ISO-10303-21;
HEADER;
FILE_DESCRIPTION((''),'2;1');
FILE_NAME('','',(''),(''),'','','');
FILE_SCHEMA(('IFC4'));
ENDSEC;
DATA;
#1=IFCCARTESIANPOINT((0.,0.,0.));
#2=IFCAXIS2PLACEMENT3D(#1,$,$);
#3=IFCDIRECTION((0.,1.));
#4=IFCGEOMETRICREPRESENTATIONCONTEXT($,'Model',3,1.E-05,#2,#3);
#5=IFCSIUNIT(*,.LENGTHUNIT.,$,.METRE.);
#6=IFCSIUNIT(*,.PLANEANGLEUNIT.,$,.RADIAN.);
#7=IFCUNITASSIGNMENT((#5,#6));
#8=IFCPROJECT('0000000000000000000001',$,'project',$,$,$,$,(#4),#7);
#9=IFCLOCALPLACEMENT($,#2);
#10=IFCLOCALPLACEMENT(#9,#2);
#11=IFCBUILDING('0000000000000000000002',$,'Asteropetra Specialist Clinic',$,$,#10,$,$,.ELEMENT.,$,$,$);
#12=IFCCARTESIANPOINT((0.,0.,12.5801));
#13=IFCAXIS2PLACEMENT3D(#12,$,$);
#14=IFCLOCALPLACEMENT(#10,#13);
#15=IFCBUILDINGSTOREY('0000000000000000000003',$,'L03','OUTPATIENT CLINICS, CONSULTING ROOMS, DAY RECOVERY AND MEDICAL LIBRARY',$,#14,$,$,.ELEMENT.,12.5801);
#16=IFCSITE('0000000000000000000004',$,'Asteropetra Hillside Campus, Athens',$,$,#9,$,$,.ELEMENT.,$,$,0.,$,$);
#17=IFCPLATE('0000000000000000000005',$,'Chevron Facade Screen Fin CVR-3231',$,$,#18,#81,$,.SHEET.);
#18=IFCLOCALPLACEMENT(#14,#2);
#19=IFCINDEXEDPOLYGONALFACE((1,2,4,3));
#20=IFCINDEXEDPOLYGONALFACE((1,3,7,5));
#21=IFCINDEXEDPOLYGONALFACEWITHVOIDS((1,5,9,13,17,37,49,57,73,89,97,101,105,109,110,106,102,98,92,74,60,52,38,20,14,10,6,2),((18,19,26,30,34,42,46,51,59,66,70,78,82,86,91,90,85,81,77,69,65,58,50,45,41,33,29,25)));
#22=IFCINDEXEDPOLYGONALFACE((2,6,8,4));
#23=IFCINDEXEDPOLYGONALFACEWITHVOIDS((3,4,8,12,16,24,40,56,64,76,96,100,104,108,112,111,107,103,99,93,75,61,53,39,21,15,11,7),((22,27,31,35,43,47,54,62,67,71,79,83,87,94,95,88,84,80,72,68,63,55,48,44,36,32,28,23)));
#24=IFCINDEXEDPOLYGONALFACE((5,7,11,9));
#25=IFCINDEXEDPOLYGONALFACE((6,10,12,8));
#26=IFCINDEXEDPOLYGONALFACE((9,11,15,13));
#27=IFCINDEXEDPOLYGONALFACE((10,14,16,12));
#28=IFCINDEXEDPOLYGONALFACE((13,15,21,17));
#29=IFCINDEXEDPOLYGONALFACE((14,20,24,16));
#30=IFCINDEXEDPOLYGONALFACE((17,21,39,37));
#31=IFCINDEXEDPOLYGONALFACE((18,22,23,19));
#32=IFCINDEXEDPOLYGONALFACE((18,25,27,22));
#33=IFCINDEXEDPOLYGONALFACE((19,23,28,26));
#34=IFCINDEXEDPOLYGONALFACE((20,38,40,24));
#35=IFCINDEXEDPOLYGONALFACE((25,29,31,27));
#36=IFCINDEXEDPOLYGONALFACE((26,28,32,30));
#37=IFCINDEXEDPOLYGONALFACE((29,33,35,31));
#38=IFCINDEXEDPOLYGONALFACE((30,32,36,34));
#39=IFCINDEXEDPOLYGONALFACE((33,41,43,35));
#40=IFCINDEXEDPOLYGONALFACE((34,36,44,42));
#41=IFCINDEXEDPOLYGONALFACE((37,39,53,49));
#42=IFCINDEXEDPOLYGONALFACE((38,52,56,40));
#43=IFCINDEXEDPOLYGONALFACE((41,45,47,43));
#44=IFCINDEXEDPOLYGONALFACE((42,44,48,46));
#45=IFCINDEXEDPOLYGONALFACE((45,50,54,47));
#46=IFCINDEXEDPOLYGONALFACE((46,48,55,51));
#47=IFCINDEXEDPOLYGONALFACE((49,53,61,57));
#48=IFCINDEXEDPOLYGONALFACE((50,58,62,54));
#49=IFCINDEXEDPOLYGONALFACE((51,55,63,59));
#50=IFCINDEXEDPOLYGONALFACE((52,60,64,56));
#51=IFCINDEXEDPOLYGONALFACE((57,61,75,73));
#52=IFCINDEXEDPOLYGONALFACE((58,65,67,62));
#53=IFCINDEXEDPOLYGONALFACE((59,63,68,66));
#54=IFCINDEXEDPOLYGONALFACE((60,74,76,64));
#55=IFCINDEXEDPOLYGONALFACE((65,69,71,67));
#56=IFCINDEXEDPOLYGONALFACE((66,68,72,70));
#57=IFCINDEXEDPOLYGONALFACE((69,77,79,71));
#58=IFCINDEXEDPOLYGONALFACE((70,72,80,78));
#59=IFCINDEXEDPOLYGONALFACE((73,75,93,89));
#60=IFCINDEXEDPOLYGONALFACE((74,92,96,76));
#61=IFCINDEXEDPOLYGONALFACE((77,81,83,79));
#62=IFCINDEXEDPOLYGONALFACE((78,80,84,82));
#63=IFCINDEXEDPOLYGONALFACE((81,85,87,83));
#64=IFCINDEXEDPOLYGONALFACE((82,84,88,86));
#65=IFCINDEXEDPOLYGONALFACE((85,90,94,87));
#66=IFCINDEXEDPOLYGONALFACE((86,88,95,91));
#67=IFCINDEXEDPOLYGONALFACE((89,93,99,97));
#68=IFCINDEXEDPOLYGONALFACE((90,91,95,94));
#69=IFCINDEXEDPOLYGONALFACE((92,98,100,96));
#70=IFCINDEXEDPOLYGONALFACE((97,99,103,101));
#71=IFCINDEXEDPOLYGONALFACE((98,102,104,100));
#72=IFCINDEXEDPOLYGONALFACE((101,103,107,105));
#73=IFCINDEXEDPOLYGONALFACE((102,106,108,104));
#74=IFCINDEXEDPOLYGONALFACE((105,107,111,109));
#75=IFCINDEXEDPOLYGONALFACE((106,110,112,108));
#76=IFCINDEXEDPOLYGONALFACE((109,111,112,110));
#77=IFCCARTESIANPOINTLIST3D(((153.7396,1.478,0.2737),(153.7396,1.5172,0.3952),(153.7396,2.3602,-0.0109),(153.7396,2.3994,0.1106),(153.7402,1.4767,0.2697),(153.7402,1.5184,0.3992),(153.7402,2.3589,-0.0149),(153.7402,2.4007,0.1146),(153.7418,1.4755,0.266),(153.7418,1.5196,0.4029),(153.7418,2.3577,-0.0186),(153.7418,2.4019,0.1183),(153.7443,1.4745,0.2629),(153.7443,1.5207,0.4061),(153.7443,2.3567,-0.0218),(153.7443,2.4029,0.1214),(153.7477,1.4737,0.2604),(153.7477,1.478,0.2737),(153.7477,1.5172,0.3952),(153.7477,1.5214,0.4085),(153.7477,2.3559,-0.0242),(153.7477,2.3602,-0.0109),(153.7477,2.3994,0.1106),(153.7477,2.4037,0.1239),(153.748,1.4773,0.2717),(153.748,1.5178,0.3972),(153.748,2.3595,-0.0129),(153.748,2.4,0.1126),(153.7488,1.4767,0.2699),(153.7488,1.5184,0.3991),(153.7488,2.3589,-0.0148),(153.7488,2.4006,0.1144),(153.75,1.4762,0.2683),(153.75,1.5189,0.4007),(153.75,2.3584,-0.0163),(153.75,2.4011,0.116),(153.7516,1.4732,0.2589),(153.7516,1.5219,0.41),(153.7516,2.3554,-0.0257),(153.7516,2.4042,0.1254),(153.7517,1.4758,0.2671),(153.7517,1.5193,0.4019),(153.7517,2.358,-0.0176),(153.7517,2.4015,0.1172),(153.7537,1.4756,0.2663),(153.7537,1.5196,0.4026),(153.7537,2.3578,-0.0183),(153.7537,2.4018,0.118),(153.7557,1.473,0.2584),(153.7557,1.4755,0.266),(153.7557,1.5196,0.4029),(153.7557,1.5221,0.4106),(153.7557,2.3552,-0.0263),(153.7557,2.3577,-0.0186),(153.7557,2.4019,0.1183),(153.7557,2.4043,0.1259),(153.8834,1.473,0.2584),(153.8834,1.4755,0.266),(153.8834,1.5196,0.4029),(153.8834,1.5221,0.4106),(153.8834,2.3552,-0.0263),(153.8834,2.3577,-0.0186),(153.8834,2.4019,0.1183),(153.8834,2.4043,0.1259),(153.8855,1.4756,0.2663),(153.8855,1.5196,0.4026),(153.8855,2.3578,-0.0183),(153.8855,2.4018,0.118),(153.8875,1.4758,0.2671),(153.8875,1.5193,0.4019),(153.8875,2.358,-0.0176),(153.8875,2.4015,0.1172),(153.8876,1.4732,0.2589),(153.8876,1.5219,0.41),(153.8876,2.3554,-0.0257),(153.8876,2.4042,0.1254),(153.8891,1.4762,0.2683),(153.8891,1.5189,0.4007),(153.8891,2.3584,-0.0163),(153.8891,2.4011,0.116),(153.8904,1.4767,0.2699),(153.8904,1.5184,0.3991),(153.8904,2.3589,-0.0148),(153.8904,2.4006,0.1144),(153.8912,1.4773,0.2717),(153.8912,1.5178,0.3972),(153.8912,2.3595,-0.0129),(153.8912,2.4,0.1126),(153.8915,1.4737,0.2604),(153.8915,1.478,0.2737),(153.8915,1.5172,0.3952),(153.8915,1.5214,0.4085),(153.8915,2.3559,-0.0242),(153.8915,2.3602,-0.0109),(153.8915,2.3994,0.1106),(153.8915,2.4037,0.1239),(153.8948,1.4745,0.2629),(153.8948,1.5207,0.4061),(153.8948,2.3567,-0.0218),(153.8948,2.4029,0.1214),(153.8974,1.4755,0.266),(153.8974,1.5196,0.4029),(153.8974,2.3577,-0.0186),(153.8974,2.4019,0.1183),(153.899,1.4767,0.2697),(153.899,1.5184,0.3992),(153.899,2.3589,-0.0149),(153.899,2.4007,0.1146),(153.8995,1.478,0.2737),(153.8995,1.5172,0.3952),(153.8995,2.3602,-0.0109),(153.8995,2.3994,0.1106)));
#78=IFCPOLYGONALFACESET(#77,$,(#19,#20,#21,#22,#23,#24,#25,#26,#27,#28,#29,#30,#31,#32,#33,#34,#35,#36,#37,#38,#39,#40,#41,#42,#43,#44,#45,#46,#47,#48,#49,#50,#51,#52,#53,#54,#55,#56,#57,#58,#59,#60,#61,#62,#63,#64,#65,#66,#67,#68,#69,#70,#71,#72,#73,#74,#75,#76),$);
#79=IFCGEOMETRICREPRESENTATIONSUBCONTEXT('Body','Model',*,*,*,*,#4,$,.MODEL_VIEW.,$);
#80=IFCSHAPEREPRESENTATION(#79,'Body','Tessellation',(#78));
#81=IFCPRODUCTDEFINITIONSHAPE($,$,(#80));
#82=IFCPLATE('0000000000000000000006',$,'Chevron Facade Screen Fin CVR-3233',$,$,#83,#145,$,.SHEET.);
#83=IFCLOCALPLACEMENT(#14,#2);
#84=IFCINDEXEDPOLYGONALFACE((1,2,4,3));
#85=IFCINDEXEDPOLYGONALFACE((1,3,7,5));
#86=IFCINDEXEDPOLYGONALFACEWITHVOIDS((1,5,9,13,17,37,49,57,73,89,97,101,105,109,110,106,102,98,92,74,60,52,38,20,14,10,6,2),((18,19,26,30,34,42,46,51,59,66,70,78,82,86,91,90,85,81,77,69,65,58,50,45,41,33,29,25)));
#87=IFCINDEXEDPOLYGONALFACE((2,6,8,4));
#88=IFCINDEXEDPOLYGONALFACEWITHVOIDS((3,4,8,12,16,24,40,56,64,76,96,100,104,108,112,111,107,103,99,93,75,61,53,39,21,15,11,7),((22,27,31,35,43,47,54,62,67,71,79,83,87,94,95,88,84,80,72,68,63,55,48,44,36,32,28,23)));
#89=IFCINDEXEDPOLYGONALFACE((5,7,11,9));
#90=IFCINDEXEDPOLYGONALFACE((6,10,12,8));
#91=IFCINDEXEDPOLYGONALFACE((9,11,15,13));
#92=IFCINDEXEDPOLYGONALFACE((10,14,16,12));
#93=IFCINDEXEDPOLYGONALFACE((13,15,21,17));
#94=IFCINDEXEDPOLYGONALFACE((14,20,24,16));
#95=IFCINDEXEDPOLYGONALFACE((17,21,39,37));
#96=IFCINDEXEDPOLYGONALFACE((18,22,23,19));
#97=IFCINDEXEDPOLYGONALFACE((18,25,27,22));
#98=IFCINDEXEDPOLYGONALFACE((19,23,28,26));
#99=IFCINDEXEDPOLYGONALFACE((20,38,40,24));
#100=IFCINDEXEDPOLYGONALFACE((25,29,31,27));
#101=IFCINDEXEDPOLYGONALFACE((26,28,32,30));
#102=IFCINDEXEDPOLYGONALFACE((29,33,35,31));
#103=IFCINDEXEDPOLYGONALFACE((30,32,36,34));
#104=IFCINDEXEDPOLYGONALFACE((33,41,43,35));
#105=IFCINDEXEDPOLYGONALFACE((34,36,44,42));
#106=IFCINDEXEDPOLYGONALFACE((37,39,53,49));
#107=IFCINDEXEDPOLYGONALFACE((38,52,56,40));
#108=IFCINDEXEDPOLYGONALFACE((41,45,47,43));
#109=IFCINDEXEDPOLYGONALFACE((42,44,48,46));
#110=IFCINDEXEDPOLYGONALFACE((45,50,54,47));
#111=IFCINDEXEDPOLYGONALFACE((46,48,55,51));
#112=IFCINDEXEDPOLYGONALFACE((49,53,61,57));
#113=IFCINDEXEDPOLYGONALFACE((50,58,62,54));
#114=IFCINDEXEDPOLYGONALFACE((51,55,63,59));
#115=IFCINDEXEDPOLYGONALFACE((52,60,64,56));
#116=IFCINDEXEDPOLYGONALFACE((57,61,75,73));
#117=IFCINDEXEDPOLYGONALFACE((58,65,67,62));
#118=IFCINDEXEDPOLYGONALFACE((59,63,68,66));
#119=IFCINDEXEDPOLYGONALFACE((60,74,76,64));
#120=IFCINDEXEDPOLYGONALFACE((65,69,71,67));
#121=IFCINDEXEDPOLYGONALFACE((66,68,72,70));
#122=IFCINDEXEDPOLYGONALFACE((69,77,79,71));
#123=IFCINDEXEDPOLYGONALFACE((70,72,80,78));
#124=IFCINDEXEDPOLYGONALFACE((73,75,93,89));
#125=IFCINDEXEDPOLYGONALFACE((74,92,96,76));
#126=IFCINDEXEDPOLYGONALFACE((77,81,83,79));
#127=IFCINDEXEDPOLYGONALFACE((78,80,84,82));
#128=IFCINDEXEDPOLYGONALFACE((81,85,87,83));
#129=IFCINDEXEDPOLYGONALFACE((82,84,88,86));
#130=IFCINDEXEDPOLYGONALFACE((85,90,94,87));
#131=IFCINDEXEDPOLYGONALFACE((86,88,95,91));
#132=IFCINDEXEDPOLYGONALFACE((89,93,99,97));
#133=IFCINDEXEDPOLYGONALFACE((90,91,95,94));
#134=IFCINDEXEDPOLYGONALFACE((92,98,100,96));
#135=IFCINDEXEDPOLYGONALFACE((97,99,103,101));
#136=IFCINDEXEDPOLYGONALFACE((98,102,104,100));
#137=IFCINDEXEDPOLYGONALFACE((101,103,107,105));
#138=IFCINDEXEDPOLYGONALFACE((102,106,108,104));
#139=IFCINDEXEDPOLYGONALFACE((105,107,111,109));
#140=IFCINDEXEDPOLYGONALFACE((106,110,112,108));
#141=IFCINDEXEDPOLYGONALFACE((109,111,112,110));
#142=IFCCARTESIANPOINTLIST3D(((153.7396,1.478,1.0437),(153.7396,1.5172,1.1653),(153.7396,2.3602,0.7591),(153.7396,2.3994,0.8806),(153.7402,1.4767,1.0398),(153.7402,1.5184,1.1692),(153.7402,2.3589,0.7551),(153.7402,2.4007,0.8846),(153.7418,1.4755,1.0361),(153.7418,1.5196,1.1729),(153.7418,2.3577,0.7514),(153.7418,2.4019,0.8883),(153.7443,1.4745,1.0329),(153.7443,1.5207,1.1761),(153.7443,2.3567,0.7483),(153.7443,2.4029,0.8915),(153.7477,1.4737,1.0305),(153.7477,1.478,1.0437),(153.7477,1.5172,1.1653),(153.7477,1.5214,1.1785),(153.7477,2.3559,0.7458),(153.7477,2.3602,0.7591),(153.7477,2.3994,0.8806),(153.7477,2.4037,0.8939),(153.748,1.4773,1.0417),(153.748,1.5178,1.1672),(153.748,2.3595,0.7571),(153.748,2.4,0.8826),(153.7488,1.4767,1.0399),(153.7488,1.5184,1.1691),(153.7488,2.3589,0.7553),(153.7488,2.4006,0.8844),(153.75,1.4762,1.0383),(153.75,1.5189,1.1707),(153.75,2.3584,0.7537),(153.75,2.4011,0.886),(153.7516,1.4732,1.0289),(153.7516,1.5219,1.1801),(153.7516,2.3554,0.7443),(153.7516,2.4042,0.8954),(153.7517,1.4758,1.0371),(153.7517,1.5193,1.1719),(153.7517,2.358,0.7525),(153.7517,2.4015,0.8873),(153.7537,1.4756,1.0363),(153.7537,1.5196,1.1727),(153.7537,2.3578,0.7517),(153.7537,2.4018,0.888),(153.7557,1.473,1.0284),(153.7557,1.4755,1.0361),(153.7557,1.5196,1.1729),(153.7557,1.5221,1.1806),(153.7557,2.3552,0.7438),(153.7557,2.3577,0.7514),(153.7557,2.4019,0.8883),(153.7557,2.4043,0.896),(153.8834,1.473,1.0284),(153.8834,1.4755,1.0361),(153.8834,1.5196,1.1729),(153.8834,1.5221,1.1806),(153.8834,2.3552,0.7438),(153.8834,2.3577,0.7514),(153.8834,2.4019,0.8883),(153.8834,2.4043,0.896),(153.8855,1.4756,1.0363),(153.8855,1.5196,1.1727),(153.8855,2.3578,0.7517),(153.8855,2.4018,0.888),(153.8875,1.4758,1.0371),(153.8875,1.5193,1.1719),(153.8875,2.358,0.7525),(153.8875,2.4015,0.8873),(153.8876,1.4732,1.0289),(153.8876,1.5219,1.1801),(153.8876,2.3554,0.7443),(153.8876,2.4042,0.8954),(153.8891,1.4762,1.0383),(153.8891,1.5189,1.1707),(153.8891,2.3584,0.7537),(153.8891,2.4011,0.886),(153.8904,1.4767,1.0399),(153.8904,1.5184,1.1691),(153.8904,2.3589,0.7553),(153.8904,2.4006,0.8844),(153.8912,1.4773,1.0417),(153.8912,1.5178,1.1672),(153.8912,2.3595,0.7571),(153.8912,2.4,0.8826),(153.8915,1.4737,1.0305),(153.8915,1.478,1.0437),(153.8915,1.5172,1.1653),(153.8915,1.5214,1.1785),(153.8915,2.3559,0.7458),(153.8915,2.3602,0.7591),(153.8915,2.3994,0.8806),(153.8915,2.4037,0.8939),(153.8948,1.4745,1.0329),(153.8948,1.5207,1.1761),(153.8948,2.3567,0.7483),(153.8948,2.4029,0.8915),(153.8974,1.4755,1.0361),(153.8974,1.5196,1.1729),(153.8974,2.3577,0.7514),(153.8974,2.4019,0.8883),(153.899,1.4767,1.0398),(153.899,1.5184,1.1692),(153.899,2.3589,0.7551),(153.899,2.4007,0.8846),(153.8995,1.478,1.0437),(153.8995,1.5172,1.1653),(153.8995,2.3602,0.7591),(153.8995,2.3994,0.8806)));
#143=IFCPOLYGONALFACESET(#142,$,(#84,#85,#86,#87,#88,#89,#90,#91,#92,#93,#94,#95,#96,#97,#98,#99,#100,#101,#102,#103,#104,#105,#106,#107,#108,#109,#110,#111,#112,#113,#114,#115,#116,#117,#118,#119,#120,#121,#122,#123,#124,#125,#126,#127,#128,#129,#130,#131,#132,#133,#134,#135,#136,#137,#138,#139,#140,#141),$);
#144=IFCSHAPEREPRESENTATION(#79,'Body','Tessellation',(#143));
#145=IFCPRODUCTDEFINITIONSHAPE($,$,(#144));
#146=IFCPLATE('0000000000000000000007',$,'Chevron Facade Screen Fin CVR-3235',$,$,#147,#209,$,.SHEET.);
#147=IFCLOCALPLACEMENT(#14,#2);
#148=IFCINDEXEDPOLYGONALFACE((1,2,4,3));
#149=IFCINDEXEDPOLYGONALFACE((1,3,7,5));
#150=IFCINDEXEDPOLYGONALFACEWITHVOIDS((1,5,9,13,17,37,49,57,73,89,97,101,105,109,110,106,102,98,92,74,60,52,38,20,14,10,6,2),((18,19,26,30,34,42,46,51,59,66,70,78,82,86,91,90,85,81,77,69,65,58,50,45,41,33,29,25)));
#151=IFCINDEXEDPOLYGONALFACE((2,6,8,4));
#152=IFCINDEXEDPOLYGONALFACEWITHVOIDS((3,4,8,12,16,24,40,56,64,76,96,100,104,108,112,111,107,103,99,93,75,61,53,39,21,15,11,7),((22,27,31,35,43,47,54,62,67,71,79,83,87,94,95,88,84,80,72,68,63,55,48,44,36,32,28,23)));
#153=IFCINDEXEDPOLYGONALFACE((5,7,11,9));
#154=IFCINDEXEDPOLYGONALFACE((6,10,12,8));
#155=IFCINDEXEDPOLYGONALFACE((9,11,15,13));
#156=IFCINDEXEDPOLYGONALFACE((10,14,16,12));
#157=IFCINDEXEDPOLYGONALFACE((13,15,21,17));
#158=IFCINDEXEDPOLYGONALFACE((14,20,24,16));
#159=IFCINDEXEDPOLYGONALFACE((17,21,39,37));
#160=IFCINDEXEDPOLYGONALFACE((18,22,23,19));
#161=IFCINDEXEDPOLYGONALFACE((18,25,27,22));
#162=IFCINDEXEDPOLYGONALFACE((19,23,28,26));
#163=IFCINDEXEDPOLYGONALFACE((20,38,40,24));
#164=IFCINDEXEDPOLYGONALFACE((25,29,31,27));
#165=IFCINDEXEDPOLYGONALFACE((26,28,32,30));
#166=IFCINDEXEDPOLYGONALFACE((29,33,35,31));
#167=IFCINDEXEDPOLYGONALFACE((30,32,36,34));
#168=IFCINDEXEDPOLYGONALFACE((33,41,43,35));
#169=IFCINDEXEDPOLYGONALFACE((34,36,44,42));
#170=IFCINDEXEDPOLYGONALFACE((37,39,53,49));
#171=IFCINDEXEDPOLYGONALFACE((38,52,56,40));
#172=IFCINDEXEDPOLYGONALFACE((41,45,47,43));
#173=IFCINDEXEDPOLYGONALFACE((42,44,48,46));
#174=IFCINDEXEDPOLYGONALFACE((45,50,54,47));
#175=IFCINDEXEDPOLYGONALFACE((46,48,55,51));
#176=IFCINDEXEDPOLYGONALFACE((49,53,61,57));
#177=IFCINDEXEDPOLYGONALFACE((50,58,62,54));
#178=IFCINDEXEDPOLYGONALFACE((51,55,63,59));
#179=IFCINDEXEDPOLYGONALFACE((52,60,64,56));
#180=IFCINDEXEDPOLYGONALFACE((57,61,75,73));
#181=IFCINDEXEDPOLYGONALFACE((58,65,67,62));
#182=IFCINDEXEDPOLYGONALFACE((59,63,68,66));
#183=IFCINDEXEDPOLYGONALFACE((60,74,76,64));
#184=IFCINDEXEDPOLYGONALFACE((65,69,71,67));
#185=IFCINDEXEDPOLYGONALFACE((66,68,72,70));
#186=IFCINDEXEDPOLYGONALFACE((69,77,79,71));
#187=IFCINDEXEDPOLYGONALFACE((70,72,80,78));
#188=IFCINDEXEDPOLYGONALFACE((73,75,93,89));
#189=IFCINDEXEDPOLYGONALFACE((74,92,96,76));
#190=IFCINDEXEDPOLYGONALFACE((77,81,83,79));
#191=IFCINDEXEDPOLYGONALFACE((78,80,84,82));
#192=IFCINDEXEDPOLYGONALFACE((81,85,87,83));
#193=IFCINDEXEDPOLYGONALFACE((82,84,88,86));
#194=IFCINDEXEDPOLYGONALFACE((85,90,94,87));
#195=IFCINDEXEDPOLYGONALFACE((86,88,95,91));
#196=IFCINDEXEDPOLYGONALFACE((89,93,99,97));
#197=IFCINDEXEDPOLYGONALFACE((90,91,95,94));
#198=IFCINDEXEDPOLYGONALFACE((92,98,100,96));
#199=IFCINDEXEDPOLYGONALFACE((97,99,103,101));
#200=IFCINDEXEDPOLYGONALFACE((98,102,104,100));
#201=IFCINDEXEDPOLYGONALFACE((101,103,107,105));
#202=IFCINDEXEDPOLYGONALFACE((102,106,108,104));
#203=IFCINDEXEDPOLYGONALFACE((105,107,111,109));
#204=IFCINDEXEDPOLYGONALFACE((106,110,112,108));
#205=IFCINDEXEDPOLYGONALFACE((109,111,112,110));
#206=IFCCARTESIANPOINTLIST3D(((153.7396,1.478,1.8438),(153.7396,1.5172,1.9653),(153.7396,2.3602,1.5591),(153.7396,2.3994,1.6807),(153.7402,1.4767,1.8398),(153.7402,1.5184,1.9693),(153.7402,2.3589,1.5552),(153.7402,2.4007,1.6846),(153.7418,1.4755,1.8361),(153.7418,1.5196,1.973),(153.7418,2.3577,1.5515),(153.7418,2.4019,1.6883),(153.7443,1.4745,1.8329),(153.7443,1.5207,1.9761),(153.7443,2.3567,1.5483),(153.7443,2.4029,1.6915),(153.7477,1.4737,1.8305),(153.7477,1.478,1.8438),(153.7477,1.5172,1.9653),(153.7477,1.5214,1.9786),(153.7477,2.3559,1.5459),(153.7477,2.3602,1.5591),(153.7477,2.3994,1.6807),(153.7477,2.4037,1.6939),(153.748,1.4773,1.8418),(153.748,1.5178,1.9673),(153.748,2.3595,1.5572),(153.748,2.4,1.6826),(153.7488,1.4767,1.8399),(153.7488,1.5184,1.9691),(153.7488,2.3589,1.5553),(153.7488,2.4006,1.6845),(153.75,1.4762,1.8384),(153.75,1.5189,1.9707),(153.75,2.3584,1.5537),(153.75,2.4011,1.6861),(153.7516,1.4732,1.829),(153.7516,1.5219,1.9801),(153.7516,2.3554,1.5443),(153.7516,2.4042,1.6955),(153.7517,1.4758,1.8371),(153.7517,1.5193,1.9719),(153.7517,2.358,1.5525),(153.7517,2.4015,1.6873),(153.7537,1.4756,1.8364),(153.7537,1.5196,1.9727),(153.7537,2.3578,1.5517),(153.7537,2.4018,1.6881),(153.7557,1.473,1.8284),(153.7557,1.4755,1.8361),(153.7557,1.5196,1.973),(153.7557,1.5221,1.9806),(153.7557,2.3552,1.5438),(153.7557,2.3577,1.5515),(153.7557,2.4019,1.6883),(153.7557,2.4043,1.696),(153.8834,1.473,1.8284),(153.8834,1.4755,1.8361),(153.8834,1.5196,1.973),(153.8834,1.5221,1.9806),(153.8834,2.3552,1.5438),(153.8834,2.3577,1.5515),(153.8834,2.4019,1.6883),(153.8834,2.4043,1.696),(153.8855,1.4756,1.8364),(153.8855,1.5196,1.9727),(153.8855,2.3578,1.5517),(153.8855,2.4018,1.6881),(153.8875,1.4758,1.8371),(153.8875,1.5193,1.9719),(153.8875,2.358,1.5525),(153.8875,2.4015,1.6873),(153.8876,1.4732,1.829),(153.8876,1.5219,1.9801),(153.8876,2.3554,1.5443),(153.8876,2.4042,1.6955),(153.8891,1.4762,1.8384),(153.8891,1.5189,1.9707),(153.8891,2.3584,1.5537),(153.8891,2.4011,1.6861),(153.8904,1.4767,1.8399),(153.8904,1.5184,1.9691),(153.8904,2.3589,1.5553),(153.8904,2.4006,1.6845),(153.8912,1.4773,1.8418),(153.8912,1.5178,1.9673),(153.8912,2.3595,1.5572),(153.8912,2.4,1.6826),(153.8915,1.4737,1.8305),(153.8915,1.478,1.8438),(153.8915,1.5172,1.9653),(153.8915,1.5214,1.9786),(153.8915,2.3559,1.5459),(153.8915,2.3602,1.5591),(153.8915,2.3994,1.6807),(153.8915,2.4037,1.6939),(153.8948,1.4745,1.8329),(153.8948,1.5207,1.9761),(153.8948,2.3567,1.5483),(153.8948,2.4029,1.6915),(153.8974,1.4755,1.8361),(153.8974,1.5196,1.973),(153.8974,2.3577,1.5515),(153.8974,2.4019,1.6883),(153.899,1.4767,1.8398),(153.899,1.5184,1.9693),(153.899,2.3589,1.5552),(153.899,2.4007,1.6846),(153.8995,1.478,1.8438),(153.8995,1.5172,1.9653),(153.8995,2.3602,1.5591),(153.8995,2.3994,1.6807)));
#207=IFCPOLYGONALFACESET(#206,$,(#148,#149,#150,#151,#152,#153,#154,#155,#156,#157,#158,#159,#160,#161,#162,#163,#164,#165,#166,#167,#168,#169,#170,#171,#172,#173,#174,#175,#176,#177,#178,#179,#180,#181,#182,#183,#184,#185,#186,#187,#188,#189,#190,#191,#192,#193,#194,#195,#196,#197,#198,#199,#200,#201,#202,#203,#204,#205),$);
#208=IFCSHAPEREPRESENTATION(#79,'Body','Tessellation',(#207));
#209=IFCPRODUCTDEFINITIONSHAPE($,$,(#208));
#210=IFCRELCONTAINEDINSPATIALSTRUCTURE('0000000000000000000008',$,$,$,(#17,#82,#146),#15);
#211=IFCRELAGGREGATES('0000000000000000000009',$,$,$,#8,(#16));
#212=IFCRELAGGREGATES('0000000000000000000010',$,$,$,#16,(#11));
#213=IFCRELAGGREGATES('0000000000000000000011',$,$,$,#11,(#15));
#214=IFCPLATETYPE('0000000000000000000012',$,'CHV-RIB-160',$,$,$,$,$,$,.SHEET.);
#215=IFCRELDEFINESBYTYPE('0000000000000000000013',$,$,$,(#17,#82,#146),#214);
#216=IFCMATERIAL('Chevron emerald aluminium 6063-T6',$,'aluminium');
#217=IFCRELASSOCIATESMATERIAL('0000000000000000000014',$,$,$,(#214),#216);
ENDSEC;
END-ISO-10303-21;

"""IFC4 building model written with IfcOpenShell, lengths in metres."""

from ifc_helpers import new_model, si_unit, direction, frame, origin, origin_2d, place, context, subcontext, project, spatial, hollow_rectangle, extrude, material, material_profile, profile_set, type_object, element, save


model = new_model("IFC4")

# Units and contexts
model_context = context("Model", 3, precision=1e-05, world=origin(), true_north=direction((0.0, 1.0)))
body_context = subcontext(model_context, "Body", "Model", "MODEL_VIEW")
ifc_project = project(units=[si_unit("LENGTHUNIT", "METRE"), si_unit("PLANEANGLEUNIT", "RADIAN")], contexts=[model_context])

# Site, building, storey
site_placement = place(None, origin())
site = spatial("IfcSite", under=ifc_project, at=site_placement, Name="Asteropetra Hillside Campus, Athens", CompositionType="ELEMENT", RefElevation=0.0)
building_placement = place(site_placement, origin())
building = spatial("IfcBuilding", under=site, at=building_placement, Name="Asteropetra Specialist Clinic", CompositionType="ELEMENT")
storey_placement = place(building_placement, frame((0.0, 0.0, 12.5801)))
storey = spatial("IfcBuildingStorey", under=building, at=storey_placement, Name="L03", Description="OUTPATIENT CLINICS, CONSULTING ROOMS, DAY RECOVERY AND MEDICAL LIBRARY", CompositionType="ELEMENT", Elevation=12.5801)

# Plates
ifc_material_1 = material(Name="Chevron emerald aluminium 6063-T6", Category="aluminium")
ifc_material_profile = material_profile(ifc_material_1, hollow_rectangle(XDim=0.1599, YDim=0.1599, WallThickness=0.0081, InnerFilletRadius=0.0081, OuterFilletRadius=0.0161, at=origin_2d()), Name="SHS 160x160x8.0")
ifc_profile_set = profile_set([ifc_material_profile], Name="Chevron emerald aluminium 6063-T6")
plate_type_1 = type_object("IfcPlateType", Name="CHV-RIB-160", PredefinedType="SHEET", material=ifc_profile_set)
for number, where, z_axis, x_axis, name in (
    (1, (153.8196, 1.4976, 0.3345), (0.0, 0.951694, -0.307049), (-1.0, 0.0, 0.0), "Chevron Facade Screen Fin CVR-3231"),
    (2, (153.8196, 1.4976, 1.1045), (0.0, 0.951694, -0.307049), (-1.0, 0.0, 0.0), "Chevron Facade Screen Fin CVR-3233"),
    (3, (153.8196, 1.4976, 1.9045), (0.0, 0.951694, -0.307049), (-1.0, 0.0, 0.0), "Chevron Facade Screen Fin CVR-3235"),
):
    element("IfcPlate", number, at=place(storey_placement, frame(where, z_axis=z_axis, x_axis=x_axis)), inside=storey, type_object=plate_type_1, Name=name, PredefinedType="SHEET", context=body_context, shape_type="SweptSolid", body=[
        extrude(hollow_rectangle(XDim=0.1599, YDim=0.1599, WallThickness=0.0081, InnerFilletRadius=0.0081, OuterFilletRadius=0.0161, at=origin_2d()), origin(), (0.0, 0.0, 1.0), 0.927),
    ])

save(model, "model.ifc")
